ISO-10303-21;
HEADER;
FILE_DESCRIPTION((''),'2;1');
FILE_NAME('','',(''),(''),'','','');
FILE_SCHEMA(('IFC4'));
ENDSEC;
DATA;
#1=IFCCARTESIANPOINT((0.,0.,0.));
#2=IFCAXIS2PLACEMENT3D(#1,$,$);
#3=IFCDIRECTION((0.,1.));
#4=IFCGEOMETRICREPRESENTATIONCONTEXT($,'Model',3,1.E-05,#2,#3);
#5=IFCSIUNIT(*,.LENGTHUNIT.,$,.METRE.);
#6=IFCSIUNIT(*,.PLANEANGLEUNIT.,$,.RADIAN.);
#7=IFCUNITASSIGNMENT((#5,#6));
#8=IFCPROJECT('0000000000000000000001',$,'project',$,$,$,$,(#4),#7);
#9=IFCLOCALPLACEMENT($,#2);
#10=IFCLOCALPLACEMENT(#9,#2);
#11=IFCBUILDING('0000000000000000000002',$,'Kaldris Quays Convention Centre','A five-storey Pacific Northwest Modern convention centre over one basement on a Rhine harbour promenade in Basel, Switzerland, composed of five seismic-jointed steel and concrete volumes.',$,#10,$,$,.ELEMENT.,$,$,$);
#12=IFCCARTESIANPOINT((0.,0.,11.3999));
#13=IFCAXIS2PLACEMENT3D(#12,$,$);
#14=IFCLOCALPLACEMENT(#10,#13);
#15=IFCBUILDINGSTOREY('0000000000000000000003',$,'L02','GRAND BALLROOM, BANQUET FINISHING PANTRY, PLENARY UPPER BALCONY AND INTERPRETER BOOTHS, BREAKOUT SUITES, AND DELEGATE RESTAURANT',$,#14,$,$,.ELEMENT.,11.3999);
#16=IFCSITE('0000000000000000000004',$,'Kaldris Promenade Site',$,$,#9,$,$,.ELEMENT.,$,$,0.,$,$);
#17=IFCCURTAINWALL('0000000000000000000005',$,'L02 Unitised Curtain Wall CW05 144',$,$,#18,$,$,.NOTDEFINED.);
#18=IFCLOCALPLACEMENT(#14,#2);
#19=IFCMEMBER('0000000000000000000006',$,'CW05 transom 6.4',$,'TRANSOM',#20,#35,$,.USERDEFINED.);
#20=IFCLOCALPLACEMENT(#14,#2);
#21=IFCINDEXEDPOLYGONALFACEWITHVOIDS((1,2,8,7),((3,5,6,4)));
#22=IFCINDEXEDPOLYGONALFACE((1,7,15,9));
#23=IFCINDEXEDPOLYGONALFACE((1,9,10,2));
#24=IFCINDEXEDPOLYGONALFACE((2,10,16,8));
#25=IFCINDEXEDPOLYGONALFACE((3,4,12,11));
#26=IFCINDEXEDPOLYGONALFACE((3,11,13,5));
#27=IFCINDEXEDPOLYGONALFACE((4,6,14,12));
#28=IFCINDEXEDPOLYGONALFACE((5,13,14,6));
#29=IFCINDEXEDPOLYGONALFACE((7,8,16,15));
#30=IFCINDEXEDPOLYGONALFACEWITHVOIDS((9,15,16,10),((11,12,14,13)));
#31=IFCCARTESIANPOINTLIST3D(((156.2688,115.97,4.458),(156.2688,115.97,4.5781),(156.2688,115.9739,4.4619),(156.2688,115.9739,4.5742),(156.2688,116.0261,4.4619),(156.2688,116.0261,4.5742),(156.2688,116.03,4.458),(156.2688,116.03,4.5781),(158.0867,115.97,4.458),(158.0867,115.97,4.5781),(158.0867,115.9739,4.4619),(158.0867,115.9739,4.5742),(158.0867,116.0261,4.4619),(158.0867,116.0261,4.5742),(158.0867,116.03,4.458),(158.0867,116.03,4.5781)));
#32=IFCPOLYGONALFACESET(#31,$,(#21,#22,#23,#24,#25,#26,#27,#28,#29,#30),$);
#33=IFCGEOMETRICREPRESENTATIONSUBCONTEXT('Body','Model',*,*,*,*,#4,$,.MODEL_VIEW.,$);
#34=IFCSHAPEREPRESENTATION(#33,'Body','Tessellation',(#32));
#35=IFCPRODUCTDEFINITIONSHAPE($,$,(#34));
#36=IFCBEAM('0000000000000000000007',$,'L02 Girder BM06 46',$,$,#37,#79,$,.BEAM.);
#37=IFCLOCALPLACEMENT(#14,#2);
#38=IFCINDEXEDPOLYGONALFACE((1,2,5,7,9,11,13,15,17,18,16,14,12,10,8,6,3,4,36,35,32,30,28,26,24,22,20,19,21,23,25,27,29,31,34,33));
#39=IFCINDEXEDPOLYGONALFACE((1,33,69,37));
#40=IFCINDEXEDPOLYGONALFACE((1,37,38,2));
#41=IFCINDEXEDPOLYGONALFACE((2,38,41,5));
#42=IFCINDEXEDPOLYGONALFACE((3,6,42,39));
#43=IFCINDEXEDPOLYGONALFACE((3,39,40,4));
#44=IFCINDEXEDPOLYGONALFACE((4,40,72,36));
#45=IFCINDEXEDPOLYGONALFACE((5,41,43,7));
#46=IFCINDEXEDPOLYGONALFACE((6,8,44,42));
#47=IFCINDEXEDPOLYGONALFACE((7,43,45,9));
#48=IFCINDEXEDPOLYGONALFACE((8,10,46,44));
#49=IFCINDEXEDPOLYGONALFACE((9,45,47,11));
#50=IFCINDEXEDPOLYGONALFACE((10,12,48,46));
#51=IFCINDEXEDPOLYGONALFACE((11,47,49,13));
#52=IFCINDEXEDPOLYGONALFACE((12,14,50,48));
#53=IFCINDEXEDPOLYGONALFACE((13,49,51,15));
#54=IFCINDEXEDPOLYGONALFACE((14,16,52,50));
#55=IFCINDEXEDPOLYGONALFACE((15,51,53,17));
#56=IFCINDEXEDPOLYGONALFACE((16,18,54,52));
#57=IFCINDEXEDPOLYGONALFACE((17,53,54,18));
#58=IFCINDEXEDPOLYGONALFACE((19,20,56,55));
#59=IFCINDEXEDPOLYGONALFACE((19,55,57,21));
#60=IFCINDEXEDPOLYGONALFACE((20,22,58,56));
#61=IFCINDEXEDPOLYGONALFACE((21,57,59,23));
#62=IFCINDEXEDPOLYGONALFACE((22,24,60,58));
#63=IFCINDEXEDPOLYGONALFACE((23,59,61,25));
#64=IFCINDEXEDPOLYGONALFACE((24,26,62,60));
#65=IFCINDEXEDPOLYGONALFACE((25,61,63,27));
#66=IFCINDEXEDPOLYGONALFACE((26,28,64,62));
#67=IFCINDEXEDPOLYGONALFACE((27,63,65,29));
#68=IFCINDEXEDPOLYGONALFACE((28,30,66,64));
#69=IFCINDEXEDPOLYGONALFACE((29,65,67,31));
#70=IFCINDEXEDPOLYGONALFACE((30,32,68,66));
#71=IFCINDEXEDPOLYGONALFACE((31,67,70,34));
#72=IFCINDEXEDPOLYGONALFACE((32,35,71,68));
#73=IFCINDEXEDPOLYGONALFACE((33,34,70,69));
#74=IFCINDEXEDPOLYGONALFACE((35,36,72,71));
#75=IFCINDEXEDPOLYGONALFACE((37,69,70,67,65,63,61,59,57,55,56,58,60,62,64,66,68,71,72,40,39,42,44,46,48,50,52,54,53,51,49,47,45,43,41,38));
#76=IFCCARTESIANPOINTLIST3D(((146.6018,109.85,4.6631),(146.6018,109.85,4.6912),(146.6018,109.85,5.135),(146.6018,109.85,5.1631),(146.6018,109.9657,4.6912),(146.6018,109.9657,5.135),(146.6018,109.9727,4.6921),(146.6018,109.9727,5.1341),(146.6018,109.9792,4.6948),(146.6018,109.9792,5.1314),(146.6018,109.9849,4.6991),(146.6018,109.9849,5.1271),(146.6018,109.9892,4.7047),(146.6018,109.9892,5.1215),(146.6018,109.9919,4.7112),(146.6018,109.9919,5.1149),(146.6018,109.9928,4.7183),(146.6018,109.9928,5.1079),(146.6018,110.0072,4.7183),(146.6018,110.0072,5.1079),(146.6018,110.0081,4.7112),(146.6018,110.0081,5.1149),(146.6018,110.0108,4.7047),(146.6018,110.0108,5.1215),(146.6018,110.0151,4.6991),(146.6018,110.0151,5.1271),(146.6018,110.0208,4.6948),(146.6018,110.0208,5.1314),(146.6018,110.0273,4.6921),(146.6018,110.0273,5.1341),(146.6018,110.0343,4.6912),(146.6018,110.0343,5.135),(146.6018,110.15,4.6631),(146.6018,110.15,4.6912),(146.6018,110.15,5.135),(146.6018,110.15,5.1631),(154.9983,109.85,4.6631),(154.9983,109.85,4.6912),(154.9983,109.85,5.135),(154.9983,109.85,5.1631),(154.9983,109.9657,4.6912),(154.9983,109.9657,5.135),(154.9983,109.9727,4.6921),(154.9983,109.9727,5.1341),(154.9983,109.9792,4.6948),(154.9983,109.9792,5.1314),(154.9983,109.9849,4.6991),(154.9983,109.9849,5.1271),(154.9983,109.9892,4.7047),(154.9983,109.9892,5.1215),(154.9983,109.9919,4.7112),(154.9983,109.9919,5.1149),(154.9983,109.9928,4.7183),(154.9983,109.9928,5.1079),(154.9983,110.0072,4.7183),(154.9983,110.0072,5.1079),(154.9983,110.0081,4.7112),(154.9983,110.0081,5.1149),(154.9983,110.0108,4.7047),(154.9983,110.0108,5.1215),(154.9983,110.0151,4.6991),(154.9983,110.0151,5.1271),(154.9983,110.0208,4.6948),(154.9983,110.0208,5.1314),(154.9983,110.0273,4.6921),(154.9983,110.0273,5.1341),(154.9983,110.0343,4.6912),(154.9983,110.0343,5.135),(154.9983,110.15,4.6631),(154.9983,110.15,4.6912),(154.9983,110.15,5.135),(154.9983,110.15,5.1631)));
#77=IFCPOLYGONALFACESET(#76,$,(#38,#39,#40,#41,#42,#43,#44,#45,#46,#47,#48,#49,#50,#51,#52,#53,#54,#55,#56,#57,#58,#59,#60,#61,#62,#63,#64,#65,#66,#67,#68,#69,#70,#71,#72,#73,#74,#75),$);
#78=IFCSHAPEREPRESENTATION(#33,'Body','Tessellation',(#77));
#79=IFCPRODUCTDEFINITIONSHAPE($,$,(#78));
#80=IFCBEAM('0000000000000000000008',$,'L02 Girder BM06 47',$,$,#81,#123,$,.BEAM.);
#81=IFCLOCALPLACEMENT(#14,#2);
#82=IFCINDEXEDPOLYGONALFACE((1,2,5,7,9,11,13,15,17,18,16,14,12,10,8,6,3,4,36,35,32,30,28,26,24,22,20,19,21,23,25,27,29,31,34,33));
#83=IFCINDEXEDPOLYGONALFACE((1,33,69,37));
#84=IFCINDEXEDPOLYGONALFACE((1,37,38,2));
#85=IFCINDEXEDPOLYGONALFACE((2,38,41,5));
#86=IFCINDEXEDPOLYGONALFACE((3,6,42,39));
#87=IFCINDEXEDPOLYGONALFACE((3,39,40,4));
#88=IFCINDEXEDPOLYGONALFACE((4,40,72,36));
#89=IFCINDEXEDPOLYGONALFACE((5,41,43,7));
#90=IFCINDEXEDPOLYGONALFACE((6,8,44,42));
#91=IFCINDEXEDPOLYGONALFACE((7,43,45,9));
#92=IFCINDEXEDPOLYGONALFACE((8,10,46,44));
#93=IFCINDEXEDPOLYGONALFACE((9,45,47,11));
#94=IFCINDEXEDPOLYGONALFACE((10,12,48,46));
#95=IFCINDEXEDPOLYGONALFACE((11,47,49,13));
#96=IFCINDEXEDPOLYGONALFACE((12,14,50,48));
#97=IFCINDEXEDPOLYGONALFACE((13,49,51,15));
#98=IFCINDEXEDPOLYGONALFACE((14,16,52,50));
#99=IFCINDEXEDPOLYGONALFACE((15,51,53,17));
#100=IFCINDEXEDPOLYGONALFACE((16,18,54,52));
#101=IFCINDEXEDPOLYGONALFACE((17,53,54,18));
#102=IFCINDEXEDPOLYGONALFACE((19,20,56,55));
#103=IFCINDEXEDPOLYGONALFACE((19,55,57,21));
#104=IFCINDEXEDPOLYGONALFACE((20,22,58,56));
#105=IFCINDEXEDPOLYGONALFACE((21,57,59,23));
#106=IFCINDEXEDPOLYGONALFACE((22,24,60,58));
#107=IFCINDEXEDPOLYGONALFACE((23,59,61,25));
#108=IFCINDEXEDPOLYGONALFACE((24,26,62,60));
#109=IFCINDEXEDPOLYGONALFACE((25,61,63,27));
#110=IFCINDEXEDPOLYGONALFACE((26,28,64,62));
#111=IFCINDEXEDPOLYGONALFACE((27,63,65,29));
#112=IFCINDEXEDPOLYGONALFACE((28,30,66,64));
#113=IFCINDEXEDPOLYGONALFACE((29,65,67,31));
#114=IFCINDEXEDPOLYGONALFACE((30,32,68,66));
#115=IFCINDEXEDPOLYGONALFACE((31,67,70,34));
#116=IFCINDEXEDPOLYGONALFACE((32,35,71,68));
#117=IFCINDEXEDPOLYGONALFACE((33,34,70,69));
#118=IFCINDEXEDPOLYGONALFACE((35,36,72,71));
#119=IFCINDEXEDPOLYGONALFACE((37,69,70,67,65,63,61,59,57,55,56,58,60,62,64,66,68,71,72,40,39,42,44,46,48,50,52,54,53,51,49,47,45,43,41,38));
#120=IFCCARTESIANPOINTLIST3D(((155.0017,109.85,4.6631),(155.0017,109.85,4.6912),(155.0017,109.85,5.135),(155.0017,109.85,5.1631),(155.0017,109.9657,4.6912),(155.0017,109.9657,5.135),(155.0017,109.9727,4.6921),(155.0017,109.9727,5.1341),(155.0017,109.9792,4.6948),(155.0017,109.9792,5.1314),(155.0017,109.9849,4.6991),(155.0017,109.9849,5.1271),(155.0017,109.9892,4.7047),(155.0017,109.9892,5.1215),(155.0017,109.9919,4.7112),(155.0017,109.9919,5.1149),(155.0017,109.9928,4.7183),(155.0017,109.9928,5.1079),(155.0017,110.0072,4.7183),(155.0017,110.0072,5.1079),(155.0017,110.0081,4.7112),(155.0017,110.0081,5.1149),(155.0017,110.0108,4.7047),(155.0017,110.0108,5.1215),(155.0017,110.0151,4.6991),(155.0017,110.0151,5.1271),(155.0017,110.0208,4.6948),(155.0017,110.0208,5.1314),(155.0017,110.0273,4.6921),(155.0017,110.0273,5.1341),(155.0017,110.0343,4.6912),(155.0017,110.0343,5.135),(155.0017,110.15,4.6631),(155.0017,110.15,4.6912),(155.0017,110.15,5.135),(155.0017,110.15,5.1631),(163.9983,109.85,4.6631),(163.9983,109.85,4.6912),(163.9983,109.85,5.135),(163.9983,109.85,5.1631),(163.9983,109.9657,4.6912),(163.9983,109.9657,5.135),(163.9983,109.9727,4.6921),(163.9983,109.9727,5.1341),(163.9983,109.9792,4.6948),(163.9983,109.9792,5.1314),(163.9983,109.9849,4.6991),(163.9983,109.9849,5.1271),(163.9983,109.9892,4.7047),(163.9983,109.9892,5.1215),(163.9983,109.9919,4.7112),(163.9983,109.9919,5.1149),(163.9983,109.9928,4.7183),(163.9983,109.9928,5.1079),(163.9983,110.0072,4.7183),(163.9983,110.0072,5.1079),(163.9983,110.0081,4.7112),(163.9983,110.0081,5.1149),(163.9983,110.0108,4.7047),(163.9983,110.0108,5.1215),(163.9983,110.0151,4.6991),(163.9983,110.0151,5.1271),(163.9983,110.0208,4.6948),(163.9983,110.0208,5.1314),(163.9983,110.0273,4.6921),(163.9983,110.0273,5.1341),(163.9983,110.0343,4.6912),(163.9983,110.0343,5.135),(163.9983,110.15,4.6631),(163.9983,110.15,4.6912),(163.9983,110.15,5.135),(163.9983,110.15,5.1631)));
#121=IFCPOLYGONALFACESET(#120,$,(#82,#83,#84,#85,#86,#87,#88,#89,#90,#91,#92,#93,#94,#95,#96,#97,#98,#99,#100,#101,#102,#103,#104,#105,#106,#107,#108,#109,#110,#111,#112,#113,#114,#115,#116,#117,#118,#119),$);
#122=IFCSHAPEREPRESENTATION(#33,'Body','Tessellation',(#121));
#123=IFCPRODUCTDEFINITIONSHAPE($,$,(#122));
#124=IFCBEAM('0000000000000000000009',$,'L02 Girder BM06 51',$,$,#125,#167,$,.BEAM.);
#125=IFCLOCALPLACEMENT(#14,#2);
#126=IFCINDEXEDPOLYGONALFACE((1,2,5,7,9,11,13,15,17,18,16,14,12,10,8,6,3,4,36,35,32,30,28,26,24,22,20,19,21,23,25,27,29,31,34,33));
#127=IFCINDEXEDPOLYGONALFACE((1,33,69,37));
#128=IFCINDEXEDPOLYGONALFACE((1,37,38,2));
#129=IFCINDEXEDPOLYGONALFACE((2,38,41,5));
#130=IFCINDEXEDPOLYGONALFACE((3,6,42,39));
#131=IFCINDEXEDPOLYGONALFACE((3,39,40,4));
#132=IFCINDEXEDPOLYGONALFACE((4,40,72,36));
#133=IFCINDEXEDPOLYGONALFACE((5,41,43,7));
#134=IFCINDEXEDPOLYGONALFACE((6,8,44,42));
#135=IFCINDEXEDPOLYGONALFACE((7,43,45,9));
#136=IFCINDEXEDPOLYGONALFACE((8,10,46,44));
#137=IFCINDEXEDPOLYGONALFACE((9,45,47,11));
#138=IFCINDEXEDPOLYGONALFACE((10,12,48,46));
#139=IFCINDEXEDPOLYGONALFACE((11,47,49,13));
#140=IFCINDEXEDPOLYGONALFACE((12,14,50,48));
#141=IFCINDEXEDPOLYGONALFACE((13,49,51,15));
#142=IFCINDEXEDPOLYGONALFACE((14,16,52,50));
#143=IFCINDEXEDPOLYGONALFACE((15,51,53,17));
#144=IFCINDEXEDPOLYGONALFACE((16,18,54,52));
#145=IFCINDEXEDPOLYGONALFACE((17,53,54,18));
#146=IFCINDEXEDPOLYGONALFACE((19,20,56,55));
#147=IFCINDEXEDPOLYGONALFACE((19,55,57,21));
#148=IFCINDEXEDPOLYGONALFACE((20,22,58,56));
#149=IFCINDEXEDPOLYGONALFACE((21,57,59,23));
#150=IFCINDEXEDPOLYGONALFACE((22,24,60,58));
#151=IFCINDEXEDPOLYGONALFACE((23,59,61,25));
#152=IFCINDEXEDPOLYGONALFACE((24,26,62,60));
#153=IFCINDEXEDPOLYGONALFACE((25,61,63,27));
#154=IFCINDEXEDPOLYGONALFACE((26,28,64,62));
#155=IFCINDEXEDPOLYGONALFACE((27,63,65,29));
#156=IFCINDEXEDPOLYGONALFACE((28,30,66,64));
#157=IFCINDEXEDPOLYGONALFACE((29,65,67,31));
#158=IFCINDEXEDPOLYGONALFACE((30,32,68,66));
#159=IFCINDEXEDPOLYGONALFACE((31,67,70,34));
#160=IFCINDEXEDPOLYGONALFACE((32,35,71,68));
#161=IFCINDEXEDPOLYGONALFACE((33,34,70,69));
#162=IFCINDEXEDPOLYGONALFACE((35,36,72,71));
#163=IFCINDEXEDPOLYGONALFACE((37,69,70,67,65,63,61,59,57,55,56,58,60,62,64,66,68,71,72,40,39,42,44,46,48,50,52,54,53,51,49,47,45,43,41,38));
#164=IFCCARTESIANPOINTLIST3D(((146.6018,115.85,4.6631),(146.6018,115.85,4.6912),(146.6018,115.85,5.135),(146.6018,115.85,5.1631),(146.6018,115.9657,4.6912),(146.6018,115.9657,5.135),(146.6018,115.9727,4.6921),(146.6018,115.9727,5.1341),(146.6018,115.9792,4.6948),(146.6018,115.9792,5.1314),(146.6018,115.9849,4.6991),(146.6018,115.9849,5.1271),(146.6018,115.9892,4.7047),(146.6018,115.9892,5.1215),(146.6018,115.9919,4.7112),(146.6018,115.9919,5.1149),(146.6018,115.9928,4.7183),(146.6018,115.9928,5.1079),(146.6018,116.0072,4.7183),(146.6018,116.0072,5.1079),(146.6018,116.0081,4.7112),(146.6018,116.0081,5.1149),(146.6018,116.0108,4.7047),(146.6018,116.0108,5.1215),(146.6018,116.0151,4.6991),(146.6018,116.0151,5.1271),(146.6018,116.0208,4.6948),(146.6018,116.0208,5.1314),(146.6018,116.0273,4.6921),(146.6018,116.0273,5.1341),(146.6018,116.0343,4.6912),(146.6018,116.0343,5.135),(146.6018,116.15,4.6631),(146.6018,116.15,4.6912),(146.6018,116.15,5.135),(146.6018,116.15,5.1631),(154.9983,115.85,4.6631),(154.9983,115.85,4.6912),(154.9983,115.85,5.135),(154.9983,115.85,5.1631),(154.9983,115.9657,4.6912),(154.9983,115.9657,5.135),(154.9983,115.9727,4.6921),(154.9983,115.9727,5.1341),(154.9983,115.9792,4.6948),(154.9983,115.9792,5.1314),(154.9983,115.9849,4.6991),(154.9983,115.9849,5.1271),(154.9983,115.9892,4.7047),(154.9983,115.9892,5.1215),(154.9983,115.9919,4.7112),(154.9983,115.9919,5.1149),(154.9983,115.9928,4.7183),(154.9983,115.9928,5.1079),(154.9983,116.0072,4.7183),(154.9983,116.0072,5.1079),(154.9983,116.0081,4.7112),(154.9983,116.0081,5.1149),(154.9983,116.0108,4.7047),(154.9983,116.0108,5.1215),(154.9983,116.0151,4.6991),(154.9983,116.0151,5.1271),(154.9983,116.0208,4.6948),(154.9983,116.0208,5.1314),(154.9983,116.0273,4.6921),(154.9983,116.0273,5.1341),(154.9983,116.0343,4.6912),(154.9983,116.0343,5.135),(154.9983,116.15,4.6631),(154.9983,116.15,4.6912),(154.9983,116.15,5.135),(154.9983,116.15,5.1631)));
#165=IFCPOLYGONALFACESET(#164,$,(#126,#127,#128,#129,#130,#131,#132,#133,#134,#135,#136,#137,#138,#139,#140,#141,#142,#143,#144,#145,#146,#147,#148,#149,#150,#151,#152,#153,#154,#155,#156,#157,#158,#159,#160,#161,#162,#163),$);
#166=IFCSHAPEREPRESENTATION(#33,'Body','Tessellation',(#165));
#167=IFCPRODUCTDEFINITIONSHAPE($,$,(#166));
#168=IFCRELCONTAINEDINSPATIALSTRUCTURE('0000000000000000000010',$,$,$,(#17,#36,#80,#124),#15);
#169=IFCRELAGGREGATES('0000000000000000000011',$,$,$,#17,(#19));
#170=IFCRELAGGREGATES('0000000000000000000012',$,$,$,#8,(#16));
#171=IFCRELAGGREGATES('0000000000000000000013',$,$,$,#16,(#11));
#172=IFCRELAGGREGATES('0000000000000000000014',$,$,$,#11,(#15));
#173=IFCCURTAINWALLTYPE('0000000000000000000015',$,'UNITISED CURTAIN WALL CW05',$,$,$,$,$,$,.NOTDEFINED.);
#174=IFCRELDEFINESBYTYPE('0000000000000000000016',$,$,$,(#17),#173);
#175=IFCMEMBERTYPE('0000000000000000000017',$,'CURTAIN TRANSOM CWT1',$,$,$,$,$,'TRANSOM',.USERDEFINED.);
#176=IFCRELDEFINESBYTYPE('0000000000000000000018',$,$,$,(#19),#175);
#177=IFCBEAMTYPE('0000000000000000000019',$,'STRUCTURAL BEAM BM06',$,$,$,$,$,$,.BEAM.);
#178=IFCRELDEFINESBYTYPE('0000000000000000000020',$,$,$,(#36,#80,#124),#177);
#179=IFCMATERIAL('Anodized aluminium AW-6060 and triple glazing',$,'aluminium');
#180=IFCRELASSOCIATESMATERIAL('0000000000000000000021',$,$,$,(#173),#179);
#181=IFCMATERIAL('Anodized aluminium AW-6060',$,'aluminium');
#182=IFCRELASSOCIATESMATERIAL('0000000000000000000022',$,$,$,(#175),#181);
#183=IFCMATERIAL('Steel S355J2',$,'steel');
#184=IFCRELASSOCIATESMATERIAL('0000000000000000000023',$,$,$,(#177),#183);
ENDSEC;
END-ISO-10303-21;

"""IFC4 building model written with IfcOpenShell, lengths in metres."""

from ifc_helpers import new_model, si_unit, direction, frame, origin, origin_2d, place, context, subcontext, project, spatial, hollow_rectangle, i_section, extrude, material, material_profile, profile_set, type_object, element, aggregate, save


model = new_model("IFC4")

# Units and contexts
model_context = context("Model", 3, precision=1e-05, world=origin(), true_north=direction((0.0, 1.0)))
body_context = subcontext(model_context, "Body", "Model", "MODEL_VIEW")
ifc_project = project(units=[si_unit("LENGTHUNIT", "METRE"), si_unit("PLANEANGLEUNIT", "RADIAN")], contexts=[model_context])

# Site, building, storey
site_placement = place(None, origin())
site = spatial("IfcSite", under=ifc_project, at=site_placement, Name="Kaldris Promenade Site", CompositionType="ELEMENT", RefElevation=0.0)
building_placement = place(site_placement, origin())
building = spatial("IfcBuilding", under=site, at=building_placement, Name="Kaldris Quays Convention Centre", Description="A five-storey Pacific Northwest Modern convention centre over one basement on a Rhine harbour promenade in Basel, Switzerland, composed of five seismic-jointed steel and concrete volumes.", CompositionType="ELEMENT")
storey_placement = place(building_placement, frame((0.0, 0.0, 11.3999)))
storey = spatial("IfcBuildingStorey", under=building, at=storey_placement, Name="L02", Description="GRAND BALLROOM, BANQUET FINISHING PANTRY, PLENARY UPPER BALCONY AND INTERPRETER BOOTHS, BREAKOUT SUITES, AND DELEGATE RESTAURANT", CompositionType="ELEMENT", Elevation=11.3999)

# Curtain wall, member
ifc_material_1 = material(Name="Anodized aluminium AW-6060 and triple glazing", Category="aluminium")
curtain_wall_type = type_object("IfcCurtainWallType", Name="UNITISED CURTAIN WALL CW05", PredefinedType="NOTDEFINED", material=ifc_material_1)
curtain_wall_placement = place(storey_placement, origin())
curtain_wall = element("IfcCurtainWall", 1, at=curtain_wall_placement, inside=storey, type_object=curtain_wall_type, Name="L02 Unitised Curtain Wall CW05 144", PredefinedType="NOTDEFINED")
ifc_material_2 = material(Name="Anodized aluminium AW-6060", Category="aluminium")
ifc_material_profile_1 = material_profile(ifc_material_2, hollow_rectangle(XDim=0.0601, YDim=0.1201, WallThickness=0.0039, at=origin_2d()), Name="RHS 120x60x4")
ifc_profile_set_1 = profile_set([ifc_material_profile_1], Name="Anodized aluminium AW-6060")
member_type_1 = type_object("IfcMemberType", Name="CURTAIN TRANSOM CWT1", ElementType="TRANSOM", PredefinedType="USERDEFINED", material=ifc_profile_set_1)
member_1_placement = place(storey_placement, frame((156.2688, 116.0, 4.5181), z_axis=(1.0, 0.0, 0.0), x_axis=(0.0, 1.0, 0.0)))
member_1 = element("IfcMember", 2, at=member_1_placement, type_object=member_type_1, Name="CW05 transom 6.4", ObjectType="TRANSOM", PredefinedType="USERDEFINED", context=body_context, shape_type="SweptSolid", body=[
    extrude(hollow_rectangle(XDim=0.0601, YDim=0.1201, WallThickness=0.0039, at=origin_2d()), origin(), (0.0, 0.0, 1.0), 1.8179),
])

# Beams
ifc_material_3 = material(Name="Steel S355J2", Category="steel")
ifc_material_profile_2 = material_profile(ifc_material_3, i_section(OverallWidth=0.3, OverallDepth=0.5, WebThickness=0.0144, FlangeThickness=0.0281, FilletRadius=0.0271, at=origin_2d()), Name="HEB 500")
ifc_profile_set_2 = profile_set([ifc_material_profile_2], Name="Steel S355J2")
beam_type_1 = type_object("IfcBeamType", Name="STRUCTURAL BEAM BM06", PredefinedType="BEAM", material=ifc_profile_set_2)
beam_1_placement = place(storey_placement, frame((146.6018, 110.0, 4.9131), z_axis=(1.0, 0.0, 0.0), x_axis=(0.0, 1.0, 0.0)))
element("IfcBeam", 3, at=beam_1_placement, inside=storey, type_object=beam_type_1, Name="L02 Girder BM06 46", PredefinedType="BEAM", context=body_context, shape_type="SweptSolid", body=[
    extrude(i_section(OverallWidth=0.3, OverallDepth=0.5, WebThickness=0.0144, FlangeThickness=0.0281, FilletRadius=0.0271, at=origin_2d()), origin(), (0.0, 0.0, 1.0), 8.3965),
])
beam_2_placement = place(storey_placement, frame((155.0017, 110.0, 4.9131), z_axis=(1.0, 0.0, 0.0), x_axis=(0.0, 1.0, 0.0)))
element("IfcBeam", 4, at=beam_2_placement, inside=storey, type_object=beam_type_1, Name="L02 Girder BM06 47", PredefinedType="BEAM", context=body_context, shape_type="SweptSolid", body=[
    extrude(i_section(OverallWidth=0.3, OverallDepth=0.5, WebThickness=0.0144, FlangeThickness=0.0281, FilletRadius=0.0271, at=origin_2d()), origin(), (0.0, 0.0, 1.0), 8.9966),
])
beam_3_placement = place(storey_placement, frame((146.6018, 116.0, 4.9131), z_axis=(1.0, 0.0, 0.0), x_axis=(0.0, 1.0, 0.0)))
element("IfcBeam", 5, at=beam_3_placement, inside=storey, type_object=beam_type_1, Name="L02 Girder BM06 51", PredefinedType="BEAM", context=body_context, shape_type="SweptSolid", body=[
    extrude(i_section(OverallWidth=0.3, OverallDepth=0.5, WebThickness=0.0144, FlangeThickness=0.0281, FilletRadius=0.0271, at=origin_2d()), origin(), (0.0, 0.0, 1.0), 8.3965),
])

aggregate(curtain_wall, [member_1])

save(model, "model.ifc")
